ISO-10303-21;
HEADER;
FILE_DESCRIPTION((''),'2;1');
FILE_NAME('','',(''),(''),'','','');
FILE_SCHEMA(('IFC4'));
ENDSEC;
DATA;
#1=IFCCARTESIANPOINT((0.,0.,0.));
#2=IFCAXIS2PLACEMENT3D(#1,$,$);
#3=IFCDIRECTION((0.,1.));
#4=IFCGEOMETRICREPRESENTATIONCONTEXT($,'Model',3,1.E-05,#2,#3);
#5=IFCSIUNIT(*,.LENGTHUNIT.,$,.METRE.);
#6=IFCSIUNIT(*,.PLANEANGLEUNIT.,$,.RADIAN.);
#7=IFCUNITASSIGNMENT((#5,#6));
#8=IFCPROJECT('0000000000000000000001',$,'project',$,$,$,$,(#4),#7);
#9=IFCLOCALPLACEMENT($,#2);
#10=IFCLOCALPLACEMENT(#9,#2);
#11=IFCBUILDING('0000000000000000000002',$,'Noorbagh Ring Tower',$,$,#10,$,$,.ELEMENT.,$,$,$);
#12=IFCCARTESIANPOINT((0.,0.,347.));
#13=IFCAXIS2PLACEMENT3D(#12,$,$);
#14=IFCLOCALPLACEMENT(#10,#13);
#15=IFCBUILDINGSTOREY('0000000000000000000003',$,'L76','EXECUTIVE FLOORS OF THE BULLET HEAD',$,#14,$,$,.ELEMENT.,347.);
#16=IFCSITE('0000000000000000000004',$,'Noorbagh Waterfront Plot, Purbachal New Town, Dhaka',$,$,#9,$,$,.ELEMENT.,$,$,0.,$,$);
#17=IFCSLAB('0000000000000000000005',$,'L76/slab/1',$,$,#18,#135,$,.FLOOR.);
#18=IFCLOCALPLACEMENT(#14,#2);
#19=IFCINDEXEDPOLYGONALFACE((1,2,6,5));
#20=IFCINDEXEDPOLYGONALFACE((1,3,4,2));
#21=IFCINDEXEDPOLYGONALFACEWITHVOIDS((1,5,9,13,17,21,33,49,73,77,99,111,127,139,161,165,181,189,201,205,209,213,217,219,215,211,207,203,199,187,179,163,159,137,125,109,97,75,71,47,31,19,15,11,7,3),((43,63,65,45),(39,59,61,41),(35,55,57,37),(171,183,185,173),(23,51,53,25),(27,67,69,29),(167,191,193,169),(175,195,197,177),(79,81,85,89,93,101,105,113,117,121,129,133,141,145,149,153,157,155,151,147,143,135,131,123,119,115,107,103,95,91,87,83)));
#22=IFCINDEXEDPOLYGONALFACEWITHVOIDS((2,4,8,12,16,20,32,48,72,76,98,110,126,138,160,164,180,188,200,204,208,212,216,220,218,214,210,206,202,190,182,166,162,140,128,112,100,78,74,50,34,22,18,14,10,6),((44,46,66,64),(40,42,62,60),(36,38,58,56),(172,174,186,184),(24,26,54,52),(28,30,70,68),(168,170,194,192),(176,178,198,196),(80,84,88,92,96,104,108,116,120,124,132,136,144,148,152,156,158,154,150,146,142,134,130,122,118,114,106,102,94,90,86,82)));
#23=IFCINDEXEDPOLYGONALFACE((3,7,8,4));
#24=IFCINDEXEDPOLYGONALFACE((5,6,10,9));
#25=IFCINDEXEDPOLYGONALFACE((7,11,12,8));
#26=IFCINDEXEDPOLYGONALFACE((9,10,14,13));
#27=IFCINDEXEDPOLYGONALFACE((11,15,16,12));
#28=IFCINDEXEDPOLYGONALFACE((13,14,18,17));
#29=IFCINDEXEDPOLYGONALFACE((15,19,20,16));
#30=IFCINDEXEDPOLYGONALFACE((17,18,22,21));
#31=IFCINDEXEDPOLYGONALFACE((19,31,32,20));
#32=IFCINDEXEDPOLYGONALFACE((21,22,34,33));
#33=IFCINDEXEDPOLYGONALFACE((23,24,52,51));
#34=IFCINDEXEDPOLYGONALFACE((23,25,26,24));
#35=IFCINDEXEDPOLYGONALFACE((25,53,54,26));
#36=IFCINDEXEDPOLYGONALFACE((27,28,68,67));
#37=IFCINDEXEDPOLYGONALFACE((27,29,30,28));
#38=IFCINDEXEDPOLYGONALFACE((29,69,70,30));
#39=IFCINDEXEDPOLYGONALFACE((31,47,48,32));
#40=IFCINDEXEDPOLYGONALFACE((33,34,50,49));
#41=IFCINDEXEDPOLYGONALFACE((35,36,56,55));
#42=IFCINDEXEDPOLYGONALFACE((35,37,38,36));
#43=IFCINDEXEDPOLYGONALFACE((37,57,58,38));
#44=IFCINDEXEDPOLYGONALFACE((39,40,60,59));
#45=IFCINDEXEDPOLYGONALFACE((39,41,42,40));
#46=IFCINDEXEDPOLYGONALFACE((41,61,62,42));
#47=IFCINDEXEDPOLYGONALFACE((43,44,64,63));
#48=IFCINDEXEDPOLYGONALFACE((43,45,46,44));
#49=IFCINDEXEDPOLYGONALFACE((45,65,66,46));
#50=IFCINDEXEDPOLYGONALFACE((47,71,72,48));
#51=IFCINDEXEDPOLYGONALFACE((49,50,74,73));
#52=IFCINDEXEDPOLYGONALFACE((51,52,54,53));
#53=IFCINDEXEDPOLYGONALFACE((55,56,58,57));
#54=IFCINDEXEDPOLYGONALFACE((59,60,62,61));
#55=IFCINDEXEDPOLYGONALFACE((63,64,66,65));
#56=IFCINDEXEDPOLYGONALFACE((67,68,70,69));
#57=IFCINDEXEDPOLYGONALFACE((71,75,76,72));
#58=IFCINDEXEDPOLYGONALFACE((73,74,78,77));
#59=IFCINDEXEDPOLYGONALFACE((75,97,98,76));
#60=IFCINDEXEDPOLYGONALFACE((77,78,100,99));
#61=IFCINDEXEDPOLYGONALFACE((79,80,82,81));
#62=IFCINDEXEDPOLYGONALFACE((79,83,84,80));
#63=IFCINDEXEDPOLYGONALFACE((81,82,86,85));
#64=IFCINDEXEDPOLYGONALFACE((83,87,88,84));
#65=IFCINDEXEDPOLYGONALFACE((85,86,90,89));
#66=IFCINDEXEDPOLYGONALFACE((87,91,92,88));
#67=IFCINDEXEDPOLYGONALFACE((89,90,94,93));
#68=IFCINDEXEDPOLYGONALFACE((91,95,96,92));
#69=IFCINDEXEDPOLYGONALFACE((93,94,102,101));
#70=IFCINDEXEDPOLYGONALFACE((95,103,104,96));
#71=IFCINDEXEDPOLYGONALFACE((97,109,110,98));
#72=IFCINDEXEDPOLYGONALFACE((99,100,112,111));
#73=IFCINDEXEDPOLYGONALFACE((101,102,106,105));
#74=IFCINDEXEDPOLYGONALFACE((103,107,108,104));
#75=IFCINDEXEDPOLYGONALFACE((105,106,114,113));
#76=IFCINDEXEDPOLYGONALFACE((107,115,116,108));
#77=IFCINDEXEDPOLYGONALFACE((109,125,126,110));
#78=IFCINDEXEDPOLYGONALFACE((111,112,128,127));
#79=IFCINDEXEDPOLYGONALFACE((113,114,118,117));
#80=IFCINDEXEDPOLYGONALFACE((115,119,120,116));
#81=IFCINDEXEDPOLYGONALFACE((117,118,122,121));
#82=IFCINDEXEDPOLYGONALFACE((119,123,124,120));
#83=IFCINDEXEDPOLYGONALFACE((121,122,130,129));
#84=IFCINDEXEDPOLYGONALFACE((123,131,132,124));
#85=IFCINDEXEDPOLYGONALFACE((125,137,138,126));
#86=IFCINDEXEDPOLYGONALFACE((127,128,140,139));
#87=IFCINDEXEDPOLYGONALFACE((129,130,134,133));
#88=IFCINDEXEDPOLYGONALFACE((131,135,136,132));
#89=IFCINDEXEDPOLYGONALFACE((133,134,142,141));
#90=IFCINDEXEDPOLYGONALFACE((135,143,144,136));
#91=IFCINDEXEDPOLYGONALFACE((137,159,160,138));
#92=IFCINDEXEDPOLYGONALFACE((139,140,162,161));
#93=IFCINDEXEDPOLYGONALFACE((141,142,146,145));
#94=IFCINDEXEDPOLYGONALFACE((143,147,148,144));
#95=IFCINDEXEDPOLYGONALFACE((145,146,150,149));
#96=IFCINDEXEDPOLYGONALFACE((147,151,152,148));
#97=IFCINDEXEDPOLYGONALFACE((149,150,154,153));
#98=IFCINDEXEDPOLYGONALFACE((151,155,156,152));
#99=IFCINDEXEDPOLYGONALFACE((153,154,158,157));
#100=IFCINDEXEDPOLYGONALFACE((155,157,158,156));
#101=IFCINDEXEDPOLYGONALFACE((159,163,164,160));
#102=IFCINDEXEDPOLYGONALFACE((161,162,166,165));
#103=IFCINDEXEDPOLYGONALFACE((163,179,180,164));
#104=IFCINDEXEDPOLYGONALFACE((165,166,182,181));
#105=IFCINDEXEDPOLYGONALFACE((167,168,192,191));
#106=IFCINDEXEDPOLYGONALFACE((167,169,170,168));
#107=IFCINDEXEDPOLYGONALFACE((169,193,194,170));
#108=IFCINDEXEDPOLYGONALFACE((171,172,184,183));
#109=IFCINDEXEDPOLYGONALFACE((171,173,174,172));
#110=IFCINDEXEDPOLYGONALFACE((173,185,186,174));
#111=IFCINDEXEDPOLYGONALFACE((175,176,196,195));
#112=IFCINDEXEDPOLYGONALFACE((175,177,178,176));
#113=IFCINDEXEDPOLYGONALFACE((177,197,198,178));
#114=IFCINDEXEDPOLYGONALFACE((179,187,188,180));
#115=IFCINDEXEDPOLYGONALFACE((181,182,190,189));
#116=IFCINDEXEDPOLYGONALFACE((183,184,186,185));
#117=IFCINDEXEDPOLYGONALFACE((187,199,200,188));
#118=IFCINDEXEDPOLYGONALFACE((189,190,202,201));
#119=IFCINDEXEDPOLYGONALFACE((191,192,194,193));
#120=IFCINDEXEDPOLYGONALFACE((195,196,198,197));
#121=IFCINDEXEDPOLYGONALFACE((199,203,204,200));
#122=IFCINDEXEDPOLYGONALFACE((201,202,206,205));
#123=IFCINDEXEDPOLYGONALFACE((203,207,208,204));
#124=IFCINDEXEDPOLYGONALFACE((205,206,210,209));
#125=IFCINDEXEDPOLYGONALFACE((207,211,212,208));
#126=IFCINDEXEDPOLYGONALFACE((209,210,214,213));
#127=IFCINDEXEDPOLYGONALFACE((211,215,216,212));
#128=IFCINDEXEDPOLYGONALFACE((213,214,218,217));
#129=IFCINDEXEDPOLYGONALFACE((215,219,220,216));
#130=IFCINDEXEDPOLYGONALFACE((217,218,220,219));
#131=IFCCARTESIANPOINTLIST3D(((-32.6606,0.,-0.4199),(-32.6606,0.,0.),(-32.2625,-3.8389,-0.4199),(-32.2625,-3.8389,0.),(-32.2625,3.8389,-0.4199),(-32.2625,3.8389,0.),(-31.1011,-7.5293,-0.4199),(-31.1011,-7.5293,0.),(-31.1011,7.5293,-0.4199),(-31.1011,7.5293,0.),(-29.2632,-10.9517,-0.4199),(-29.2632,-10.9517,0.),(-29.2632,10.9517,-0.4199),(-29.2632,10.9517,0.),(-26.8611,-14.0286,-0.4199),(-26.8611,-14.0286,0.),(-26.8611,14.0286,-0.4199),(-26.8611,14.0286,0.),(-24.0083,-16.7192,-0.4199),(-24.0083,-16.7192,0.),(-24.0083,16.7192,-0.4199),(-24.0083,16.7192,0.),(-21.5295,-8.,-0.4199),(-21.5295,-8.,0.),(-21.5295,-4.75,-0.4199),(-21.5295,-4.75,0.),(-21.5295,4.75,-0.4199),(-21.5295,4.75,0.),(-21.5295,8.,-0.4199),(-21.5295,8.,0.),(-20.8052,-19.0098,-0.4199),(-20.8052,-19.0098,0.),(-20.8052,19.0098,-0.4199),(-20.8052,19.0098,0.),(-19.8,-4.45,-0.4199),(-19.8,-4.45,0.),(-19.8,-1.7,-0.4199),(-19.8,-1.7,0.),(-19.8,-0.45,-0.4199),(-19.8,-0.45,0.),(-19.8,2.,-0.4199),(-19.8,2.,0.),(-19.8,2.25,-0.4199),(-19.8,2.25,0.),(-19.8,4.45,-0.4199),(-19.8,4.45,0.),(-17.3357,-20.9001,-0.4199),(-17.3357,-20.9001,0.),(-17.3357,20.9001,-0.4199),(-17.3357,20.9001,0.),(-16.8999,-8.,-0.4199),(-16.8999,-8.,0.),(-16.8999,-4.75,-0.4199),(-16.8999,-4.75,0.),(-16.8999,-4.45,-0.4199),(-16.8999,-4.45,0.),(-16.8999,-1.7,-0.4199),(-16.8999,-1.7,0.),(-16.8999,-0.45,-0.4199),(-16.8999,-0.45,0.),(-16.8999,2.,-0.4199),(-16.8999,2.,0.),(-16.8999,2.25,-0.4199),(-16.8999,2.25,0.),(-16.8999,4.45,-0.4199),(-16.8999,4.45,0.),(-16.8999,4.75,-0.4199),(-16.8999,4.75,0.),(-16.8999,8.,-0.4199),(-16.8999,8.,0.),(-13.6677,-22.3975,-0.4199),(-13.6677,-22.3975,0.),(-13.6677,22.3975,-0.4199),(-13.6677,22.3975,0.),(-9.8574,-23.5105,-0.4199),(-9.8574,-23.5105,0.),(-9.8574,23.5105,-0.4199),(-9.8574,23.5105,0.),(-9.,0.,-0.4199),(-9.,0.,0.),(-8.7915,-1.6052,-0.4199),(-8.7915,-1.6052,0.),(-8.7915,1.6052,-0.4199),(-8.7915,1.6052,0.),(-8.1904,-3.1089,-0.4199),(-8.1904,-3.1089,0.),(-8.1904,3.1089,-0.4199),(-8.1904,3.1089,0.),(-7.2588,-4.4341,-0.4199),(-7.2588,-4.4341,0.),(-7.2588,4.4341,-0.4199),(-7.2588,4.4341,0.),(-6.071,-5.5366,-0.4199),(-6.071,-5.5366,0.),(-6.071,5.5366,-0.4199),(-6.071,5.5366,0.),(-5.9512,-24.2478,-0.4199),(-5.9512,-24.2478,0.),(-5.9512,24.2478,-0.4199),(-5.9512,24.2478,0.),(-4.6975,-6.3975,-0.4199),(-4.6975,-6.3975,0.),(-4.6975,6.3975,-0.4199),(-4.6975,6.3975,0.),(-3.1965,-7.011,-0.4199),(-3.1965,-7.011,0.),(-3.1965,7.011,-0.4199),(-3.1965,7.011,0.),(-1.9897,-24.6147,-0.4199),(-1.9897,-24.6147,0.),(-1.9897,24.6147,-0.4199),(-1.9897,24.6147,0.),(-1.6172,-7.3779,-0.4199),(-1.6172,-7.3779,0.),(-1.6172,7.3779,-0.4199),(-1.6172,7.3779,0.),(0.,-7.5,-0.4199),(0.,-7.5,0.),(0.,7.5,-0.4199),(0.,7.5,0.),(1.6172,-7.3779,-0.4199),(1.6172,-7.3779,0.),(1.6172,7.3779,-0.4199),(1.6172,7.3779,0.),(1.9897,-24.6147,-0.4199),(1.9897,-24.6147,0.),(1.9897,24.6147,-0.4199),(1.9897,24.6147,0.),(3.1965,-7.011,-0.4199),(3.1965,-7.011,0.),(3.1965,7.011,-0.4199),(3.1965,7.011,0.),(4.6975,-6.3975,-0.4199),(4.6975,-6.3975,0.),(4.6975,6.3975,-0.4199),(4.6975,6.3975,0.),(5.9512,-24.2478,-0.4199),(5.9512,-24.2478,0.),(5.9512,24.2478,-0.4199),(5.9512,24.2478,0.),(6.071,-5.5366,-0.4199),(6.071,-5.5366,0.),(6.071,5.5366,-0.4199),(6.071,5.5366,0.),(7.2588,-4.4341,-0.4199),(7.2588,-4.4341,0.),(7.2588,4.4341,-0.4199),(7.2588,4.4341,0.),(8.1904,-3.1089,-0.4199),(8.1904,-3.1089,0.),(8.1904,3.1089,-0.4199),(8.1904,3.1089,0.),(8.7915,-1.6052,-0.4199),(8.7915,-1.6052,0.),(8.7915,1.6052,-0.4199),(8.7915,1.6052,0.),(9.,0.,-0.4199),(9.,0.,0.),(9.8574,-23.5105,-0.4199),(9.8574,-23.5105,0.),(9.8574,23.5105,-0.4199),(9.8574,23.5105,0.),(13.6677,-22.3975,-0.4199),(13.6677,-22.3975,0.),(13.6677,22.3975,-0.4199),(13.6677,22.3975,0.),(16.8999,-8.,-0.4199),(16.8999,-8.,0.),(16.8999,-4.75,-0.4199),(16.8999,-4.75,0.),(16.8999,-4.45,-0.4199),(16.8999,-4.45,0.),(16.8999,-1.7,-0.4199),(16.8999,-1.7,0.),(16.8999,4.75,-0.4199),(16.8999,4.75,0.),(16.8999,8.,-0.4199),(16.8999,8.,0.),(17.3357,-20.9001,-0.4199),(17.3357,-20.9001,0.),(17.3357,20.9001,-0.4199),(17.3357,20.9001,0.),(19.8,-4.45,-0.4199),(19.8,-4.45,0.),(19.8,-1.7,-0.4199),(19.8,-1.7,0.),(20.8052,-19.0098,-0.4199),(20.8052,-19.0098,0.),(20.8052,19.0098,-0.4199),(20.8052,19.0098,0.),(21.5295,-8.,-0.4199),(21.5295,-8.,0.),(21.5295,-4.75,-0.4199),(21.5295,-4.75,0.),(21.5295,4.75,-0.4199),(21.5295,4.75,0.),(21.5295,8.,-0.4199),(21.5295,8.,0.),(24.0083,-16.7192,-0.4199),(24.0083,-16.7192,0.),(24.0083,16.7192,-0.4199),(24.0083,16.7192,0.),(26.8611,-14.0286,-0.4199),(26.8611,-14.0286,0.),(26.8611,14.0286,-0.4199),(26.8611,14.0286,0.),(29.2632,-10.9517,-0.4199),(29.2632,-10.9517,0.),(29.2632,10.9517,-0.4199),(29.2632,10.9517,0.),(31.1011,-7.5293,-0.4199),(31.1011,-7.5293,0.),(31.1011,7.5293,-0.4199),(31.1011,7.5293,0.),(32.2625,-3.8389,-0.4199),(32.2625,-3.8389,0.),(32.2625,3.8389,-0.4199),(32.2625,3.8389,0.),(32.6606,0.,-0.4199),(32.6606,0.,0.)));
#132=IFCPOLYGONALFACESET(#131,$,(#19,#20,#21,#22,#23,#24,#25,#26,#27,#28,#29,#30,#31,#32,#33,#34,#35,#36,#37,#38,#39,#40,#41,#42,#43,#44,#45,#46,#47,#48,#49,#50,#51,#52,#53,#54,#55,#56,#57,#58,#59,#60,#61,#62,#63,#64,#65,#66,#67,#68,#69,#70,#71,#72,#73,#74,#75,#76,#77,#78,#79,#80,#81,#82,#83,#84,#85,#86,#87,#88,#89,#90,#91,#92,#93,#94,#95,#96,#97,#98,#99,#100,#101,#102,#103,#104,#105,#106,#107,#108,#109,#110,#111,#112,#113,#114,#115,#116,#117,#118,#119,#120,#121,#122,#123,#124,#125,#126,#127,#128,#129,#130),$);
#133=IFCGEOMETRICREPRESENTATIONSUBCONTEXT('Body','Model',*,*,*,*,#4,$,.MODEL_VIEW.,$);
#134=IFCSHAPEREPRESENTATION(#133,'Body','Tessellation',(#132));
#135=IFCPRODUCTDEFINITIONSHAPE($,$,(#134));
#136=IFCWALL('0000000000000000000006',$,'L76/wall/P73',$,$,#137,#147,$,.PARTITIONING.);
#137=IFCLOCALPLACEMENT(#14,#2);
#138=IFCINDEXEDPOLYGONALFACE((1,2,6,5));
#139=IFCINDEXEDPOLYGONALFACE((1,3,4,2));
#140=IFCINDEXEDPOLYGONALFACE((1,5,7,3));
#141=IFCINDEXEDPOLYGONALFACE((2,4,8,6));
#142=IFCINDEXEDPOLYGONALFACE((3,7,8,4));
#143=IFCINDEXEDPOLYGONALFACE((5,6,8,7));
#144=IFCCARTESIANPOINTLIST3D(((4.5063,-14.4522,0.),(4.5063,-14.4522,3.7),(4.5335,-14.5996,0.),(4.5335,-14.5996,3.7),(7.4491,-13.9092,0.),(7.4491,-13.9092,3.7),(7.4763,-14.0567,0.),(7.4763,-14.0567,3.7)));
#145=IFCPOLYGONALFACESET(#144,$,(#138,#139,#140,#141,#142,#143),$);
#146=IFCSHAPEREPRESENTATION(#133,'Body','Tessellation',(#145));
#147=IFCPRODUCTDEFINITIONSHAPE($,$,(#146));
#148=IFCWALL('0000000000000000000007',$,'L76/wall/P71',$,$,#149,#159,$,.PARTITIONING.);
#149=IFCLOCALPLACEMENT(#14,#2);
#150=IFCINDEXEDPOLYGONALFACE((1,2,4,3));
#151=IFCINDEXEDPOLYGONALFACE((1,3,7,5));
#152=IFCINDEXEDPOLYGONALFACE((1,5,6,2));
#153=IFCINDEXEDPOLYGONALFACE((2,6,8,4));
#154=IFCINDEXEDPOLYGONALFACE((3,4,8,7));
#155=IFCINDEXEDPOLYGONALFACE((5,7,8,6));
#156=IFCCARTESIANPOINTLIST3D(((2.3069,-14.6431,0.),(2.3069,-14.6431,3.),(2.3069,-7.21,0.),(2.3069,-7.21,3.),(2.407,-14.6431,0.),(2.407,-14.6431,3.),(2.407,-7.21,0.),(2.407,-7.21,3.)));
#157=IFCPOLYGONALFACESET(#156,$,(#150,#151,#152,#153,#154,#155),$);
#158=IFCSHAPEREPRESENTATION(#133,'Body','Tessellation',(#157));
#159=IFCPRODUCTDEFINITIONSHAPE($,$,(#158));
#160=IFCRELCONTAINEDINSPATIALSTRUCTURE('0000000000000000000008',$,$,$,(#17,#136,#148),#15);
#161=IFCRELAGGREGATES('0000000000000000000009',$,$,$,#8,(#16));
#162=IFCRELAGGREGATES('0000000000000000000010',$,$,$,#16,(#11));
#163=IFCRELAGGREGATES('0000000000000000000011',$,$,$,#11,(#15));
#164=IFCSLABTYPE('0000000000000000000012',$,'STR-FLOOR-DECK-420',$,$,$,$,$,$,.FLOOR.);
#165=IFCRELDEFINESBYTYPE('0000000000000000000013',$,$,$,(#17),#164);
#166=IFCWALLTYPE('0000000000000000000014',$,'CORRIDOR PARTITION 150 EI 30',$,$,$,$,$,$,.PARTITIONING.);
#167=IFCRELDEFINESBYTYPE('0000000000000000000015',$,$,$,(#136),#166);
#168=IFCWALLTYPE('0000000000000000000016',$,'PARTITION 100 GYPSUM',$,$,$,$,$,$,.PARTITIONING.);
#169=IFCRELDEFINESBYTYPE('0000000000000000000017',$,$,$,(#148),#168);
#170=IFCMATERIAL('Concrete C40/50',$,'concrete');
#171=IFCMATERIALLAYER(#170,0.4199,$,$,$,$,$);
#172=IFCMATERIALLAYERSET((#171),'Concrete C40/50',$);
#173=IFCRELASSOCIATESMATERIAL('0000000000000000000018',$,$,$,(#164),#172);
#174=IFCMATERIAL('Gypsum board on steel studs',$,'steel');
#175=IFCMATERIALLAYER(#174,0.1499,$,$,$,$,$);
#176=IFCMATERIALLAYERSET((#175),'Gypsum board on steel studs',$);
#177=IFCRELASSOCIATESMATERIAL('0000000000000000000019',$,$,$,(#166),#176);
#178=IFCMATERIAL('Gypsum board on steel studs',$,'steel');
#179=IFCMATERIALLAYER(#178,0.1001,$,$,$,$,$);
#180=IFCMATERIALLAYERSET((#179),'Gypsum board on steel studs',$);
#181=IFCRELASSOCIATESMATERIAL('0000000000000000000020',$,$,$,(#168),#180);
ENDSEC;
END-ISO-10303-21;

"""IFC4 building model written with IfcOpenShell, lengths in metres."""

from ifc_helpers import new_model, si_unit, direction, frame, frame_2d, origin, place, context, subcontext, project, spatial, polyline, rectangle, outline, extrude, material, layer, layer_set, type_object, element, save


model = new_model("IFC4")

# Units and contexts
model_context = context("Model", 3, precision=1e-05, world=origin(), true_north=direction((0.0, 1.0)))
body_context = subcontext(model_context, "Body", "Model", "MODEL_VIEW")
ifc_project = project(units=[si_unit("LENGTHUNIT", "METRE"), si_unit("PLANEANGLEUNIT", "RADIAN")], contexts=[model_context])

# Site, building, storey
site_placement = place(None, origin())
site = spatial("IfcSite", under=ifc_project, at=site_placement, Name="Noorbagh Waterfront Plot, Purbachal New Town, Dhaka", CompositionType="ELEMENT", RefElevation=0.0)
building_placement = place(site_placement, origin())
building = spatial("IfcBuilding", under=site, at=building_placement, Name="Noorbagh Ring Tower", CompositionType="ELEMENT")
storey_placement = place(building_placement, frame((0.0, 0.0, 347.0)))
storey = spatial("IfcBuildingStorey", under=building, at=storey_placement, Name="L76", Description="EXECUTIVE FLOORS OF THE BULLET HEAD", CompositionType="ELEMENT", Elevation=347.0)

# Slab
ifc_material_1 = material(Name="Concrete C40/50", Category="concrete")
ifc_layer_1 = layer(ifc_material_1, 0.4199)
ifc_layer_set_1 = layer_set([ifc_layer_1], Name="Concrete C40/50")
slab_type_1 = type_object("IfcSlabType", Name="STR-FLOOR-DECK-420", PredefinedType="FLOOR", material=ifc_layer_set_1)
slab_1_placement = place(storey_placement, frame((0.0, 0.0, -0.4199)))
element("IfcSlab", 1, at=slab_1_placement, inside=storey, type_object=slab_type_1, Name="L76/slab/1", PredefinedType="FLOOR", context=body_context, shape_type="SweptSolid", body=[
    extrude(outline(polyline([(32.6606, 0.0), (32.2625, 3.8389), (31.1011, 7.5293), (29.2632, 10.9517), (26.8611, 14.0286), (24.0083, 16.7192), (20.8052, 19.0098), (17.3357, 20.9001), (13.6677, 22.3975), (9.8574, 23.5105), (5.9512, 24.2478), (1.9897, 24.6147), (-1.9897, 24.6147), (-5.9512, 24.2478), (-9.8574, 23.5105), (-13.6677, 22.3975), (-17.3357, 20.9001), (-20.8052, 19.0098), (-24.0083, 16.7192), (-26.8611, 14.0286), (-29.2632, 10.9517), (-31.1011, 7.5293), (-32.2625, 3.8389), (-32.6606, 0.0), (-32.2625, -3.8389), (-31.1011, -7.5293), (-29.2632, -10.9517), (-26.8611, -14.0286), (-24.0083, -16.7192), (-20.8052, -19.0098), (-17.3357, -20.9001), (-13.6677, -22.3975), (-9.8574, -23.5105), (-5.9512, -24.2478), (-1.9897, -24.6147), (1.9897, -24.6147), (5.9512, -24.2478), (9.8574, -23.5105), (13.6677, -22.3975), (17.3357, -20.9001), (20.8052, -19.0098), (24.0083, -16.7192), (26.8611, -14.0286), (29.2632, -10.9517), (31.1011, -7.5293), (32.2625, -3.8389), (32.6606, 0.0)]), holes=[polyline([(21.5295, -4.75), (21.5295, -8.0), (16.8999, -8.0), (16.8999, -4.75), (21.5295, -4.75)]), polyline([(21.5295, 4.75), (16.8999, 4.75), (16.8999, 8.0), (21.5295, 8.0), (21.5295, 4.75)]), polyline([(16.8999, -4.45), (16.8999, -1.7), (19.8, -1.7), (19.8, -4.45), (16.8999, -4.45)]), polyline([(6.071, -5.5366), (4.6975, -6.3975), (3.1965, -7.011), (1.6172, -7.3779), (0.0, -7.5), (-1.6172, -7.3779), (-3.1965, -7.011), (-4.6975, -6.3975), (-6.071, -5.5366), (-7.2588, -4.4341), (-8.1904, -3.1089), (-8.7915, -1.6052), (-9.0, 0.0), (-8.7915, 1.6052), (-8.1904, 3.1089), (-7.2588, 4.4341), (-6.071, 5.5366), (-4.6975, 6.3975), (-3.1965, 7.011), (-1.6172, 7.3779), (0.0, 7.5), (1.6172, 7.3779), (3.1965, 7.011), (4.6975, 6.3975), (6.071, 5.5366), (7.2588, 4.4341), (8.1904, 3.1089), (8.7915, 1.6052), (9.0, 0.0), (8.7915, -1.6052), (8.1904, -3.1089), (7.2588, -4.4341), (6.071, -5.5366)]), polyline([(-21.5295, -8.0), (-21.5295, -4.75), (-16.8999, -4.75), (-16.8999, -8.0), (-21.5295, -8.0)]), polyline([(-21.5295, 8.0), (-16.8999, 8.0), (-16.8999, 4.75), (-21.5295, 4.75), (-21.5295, 8.0)]), polyline([(-16.8999, -1.7), (-16.8999, -4.45), (-19.8, -4.45), (-19.8, -1.7), (-16.8999, -1.7)]), polyline([(-16.8999, 2.0), (-16.8999, -0.45), (-19.8, -0.45), (-19.8, 2.0), (-16.8999, 2.0)]), polyline([(-16.8999, 4.45), (-16.8999, 2.25), (-19.8, 2.25), (-19.8, 4.45), (-16.8999, 4.45)])]), origin(), (0.0, 0.0, 1.0), 0.4199),
])

# Wall
ifc_material_2 = material(Name="Gypsum board on steel studs", Category="steel")
ifc_layer_2 = layer(ifc_material_2, 0.1499)
ifc_layer_set_2 = layer_set([ifc_layer_2], Name="Gypsum board on steel studs")
wall_type_1 = type_object("IfcWallType", Name="CORRIDOR PARTITION 150 EI 30", PredefinedType="PARTITIONING", material=ifc_layer_set_2)
wall_1_placement = place(storey_placement, frame((4.52, -14.5259, 0.0), z_axis=(0.0, 0.0, 1.0), x_axis=(0.983402, 0.181441, 0.0)))
element("IfcWall", 2, at=wall_1_placement, inside=storey, type_object=wall_type_1, Name="L76/wall/P73", PredefinedType="PARTITIONING", context=body_context, shape_type="SweptSolid", body=[
    extrude(rectangle(XDim=2.9924, YDim=0.1499, at=frame_2d((1.4961, 0.0))), origin(), (0.0, 0.0, 1.0), 3.7),
])

# Wall
ifc_material_3 = material(Name="Gypsum board on steel studs", Category="steel")
ifc_layer_3 = layer(ifc_material_3, 0.1001)
ifc_layer_set_3 = layer_set([ifc_layer_3], Name="Gypsum board on steel studs")
wall_type_2 = type_object("IfcWallType", Name="PARTITION 100 GYPSUM", PredefinedType="PARTITIONING", material=ifc_layer_set_3)
wall_2_placement = place(storey_placement, frame((2.3569, -14.6431, 0.0), z_axis=(0.0, 0.0, 1.0), x_axis=(0.0, 1.0, 0.0)))
element("IfcWall", 3, at=wall_2_placement, inside=storey, type_object=wall_type_2, Name="L76/wall/P71", PredefinedType="PARTITIONING", context=body_context, shape_type="SweptSolid", body=[
    extrude(rectangle(XDim=7.4331, YDim=0.1001, at=frame_2d((3.7166, 0.0))), origin(), (0.0, 0.0, 1.0), 3.0),
])

save(model, "model.ifc")
